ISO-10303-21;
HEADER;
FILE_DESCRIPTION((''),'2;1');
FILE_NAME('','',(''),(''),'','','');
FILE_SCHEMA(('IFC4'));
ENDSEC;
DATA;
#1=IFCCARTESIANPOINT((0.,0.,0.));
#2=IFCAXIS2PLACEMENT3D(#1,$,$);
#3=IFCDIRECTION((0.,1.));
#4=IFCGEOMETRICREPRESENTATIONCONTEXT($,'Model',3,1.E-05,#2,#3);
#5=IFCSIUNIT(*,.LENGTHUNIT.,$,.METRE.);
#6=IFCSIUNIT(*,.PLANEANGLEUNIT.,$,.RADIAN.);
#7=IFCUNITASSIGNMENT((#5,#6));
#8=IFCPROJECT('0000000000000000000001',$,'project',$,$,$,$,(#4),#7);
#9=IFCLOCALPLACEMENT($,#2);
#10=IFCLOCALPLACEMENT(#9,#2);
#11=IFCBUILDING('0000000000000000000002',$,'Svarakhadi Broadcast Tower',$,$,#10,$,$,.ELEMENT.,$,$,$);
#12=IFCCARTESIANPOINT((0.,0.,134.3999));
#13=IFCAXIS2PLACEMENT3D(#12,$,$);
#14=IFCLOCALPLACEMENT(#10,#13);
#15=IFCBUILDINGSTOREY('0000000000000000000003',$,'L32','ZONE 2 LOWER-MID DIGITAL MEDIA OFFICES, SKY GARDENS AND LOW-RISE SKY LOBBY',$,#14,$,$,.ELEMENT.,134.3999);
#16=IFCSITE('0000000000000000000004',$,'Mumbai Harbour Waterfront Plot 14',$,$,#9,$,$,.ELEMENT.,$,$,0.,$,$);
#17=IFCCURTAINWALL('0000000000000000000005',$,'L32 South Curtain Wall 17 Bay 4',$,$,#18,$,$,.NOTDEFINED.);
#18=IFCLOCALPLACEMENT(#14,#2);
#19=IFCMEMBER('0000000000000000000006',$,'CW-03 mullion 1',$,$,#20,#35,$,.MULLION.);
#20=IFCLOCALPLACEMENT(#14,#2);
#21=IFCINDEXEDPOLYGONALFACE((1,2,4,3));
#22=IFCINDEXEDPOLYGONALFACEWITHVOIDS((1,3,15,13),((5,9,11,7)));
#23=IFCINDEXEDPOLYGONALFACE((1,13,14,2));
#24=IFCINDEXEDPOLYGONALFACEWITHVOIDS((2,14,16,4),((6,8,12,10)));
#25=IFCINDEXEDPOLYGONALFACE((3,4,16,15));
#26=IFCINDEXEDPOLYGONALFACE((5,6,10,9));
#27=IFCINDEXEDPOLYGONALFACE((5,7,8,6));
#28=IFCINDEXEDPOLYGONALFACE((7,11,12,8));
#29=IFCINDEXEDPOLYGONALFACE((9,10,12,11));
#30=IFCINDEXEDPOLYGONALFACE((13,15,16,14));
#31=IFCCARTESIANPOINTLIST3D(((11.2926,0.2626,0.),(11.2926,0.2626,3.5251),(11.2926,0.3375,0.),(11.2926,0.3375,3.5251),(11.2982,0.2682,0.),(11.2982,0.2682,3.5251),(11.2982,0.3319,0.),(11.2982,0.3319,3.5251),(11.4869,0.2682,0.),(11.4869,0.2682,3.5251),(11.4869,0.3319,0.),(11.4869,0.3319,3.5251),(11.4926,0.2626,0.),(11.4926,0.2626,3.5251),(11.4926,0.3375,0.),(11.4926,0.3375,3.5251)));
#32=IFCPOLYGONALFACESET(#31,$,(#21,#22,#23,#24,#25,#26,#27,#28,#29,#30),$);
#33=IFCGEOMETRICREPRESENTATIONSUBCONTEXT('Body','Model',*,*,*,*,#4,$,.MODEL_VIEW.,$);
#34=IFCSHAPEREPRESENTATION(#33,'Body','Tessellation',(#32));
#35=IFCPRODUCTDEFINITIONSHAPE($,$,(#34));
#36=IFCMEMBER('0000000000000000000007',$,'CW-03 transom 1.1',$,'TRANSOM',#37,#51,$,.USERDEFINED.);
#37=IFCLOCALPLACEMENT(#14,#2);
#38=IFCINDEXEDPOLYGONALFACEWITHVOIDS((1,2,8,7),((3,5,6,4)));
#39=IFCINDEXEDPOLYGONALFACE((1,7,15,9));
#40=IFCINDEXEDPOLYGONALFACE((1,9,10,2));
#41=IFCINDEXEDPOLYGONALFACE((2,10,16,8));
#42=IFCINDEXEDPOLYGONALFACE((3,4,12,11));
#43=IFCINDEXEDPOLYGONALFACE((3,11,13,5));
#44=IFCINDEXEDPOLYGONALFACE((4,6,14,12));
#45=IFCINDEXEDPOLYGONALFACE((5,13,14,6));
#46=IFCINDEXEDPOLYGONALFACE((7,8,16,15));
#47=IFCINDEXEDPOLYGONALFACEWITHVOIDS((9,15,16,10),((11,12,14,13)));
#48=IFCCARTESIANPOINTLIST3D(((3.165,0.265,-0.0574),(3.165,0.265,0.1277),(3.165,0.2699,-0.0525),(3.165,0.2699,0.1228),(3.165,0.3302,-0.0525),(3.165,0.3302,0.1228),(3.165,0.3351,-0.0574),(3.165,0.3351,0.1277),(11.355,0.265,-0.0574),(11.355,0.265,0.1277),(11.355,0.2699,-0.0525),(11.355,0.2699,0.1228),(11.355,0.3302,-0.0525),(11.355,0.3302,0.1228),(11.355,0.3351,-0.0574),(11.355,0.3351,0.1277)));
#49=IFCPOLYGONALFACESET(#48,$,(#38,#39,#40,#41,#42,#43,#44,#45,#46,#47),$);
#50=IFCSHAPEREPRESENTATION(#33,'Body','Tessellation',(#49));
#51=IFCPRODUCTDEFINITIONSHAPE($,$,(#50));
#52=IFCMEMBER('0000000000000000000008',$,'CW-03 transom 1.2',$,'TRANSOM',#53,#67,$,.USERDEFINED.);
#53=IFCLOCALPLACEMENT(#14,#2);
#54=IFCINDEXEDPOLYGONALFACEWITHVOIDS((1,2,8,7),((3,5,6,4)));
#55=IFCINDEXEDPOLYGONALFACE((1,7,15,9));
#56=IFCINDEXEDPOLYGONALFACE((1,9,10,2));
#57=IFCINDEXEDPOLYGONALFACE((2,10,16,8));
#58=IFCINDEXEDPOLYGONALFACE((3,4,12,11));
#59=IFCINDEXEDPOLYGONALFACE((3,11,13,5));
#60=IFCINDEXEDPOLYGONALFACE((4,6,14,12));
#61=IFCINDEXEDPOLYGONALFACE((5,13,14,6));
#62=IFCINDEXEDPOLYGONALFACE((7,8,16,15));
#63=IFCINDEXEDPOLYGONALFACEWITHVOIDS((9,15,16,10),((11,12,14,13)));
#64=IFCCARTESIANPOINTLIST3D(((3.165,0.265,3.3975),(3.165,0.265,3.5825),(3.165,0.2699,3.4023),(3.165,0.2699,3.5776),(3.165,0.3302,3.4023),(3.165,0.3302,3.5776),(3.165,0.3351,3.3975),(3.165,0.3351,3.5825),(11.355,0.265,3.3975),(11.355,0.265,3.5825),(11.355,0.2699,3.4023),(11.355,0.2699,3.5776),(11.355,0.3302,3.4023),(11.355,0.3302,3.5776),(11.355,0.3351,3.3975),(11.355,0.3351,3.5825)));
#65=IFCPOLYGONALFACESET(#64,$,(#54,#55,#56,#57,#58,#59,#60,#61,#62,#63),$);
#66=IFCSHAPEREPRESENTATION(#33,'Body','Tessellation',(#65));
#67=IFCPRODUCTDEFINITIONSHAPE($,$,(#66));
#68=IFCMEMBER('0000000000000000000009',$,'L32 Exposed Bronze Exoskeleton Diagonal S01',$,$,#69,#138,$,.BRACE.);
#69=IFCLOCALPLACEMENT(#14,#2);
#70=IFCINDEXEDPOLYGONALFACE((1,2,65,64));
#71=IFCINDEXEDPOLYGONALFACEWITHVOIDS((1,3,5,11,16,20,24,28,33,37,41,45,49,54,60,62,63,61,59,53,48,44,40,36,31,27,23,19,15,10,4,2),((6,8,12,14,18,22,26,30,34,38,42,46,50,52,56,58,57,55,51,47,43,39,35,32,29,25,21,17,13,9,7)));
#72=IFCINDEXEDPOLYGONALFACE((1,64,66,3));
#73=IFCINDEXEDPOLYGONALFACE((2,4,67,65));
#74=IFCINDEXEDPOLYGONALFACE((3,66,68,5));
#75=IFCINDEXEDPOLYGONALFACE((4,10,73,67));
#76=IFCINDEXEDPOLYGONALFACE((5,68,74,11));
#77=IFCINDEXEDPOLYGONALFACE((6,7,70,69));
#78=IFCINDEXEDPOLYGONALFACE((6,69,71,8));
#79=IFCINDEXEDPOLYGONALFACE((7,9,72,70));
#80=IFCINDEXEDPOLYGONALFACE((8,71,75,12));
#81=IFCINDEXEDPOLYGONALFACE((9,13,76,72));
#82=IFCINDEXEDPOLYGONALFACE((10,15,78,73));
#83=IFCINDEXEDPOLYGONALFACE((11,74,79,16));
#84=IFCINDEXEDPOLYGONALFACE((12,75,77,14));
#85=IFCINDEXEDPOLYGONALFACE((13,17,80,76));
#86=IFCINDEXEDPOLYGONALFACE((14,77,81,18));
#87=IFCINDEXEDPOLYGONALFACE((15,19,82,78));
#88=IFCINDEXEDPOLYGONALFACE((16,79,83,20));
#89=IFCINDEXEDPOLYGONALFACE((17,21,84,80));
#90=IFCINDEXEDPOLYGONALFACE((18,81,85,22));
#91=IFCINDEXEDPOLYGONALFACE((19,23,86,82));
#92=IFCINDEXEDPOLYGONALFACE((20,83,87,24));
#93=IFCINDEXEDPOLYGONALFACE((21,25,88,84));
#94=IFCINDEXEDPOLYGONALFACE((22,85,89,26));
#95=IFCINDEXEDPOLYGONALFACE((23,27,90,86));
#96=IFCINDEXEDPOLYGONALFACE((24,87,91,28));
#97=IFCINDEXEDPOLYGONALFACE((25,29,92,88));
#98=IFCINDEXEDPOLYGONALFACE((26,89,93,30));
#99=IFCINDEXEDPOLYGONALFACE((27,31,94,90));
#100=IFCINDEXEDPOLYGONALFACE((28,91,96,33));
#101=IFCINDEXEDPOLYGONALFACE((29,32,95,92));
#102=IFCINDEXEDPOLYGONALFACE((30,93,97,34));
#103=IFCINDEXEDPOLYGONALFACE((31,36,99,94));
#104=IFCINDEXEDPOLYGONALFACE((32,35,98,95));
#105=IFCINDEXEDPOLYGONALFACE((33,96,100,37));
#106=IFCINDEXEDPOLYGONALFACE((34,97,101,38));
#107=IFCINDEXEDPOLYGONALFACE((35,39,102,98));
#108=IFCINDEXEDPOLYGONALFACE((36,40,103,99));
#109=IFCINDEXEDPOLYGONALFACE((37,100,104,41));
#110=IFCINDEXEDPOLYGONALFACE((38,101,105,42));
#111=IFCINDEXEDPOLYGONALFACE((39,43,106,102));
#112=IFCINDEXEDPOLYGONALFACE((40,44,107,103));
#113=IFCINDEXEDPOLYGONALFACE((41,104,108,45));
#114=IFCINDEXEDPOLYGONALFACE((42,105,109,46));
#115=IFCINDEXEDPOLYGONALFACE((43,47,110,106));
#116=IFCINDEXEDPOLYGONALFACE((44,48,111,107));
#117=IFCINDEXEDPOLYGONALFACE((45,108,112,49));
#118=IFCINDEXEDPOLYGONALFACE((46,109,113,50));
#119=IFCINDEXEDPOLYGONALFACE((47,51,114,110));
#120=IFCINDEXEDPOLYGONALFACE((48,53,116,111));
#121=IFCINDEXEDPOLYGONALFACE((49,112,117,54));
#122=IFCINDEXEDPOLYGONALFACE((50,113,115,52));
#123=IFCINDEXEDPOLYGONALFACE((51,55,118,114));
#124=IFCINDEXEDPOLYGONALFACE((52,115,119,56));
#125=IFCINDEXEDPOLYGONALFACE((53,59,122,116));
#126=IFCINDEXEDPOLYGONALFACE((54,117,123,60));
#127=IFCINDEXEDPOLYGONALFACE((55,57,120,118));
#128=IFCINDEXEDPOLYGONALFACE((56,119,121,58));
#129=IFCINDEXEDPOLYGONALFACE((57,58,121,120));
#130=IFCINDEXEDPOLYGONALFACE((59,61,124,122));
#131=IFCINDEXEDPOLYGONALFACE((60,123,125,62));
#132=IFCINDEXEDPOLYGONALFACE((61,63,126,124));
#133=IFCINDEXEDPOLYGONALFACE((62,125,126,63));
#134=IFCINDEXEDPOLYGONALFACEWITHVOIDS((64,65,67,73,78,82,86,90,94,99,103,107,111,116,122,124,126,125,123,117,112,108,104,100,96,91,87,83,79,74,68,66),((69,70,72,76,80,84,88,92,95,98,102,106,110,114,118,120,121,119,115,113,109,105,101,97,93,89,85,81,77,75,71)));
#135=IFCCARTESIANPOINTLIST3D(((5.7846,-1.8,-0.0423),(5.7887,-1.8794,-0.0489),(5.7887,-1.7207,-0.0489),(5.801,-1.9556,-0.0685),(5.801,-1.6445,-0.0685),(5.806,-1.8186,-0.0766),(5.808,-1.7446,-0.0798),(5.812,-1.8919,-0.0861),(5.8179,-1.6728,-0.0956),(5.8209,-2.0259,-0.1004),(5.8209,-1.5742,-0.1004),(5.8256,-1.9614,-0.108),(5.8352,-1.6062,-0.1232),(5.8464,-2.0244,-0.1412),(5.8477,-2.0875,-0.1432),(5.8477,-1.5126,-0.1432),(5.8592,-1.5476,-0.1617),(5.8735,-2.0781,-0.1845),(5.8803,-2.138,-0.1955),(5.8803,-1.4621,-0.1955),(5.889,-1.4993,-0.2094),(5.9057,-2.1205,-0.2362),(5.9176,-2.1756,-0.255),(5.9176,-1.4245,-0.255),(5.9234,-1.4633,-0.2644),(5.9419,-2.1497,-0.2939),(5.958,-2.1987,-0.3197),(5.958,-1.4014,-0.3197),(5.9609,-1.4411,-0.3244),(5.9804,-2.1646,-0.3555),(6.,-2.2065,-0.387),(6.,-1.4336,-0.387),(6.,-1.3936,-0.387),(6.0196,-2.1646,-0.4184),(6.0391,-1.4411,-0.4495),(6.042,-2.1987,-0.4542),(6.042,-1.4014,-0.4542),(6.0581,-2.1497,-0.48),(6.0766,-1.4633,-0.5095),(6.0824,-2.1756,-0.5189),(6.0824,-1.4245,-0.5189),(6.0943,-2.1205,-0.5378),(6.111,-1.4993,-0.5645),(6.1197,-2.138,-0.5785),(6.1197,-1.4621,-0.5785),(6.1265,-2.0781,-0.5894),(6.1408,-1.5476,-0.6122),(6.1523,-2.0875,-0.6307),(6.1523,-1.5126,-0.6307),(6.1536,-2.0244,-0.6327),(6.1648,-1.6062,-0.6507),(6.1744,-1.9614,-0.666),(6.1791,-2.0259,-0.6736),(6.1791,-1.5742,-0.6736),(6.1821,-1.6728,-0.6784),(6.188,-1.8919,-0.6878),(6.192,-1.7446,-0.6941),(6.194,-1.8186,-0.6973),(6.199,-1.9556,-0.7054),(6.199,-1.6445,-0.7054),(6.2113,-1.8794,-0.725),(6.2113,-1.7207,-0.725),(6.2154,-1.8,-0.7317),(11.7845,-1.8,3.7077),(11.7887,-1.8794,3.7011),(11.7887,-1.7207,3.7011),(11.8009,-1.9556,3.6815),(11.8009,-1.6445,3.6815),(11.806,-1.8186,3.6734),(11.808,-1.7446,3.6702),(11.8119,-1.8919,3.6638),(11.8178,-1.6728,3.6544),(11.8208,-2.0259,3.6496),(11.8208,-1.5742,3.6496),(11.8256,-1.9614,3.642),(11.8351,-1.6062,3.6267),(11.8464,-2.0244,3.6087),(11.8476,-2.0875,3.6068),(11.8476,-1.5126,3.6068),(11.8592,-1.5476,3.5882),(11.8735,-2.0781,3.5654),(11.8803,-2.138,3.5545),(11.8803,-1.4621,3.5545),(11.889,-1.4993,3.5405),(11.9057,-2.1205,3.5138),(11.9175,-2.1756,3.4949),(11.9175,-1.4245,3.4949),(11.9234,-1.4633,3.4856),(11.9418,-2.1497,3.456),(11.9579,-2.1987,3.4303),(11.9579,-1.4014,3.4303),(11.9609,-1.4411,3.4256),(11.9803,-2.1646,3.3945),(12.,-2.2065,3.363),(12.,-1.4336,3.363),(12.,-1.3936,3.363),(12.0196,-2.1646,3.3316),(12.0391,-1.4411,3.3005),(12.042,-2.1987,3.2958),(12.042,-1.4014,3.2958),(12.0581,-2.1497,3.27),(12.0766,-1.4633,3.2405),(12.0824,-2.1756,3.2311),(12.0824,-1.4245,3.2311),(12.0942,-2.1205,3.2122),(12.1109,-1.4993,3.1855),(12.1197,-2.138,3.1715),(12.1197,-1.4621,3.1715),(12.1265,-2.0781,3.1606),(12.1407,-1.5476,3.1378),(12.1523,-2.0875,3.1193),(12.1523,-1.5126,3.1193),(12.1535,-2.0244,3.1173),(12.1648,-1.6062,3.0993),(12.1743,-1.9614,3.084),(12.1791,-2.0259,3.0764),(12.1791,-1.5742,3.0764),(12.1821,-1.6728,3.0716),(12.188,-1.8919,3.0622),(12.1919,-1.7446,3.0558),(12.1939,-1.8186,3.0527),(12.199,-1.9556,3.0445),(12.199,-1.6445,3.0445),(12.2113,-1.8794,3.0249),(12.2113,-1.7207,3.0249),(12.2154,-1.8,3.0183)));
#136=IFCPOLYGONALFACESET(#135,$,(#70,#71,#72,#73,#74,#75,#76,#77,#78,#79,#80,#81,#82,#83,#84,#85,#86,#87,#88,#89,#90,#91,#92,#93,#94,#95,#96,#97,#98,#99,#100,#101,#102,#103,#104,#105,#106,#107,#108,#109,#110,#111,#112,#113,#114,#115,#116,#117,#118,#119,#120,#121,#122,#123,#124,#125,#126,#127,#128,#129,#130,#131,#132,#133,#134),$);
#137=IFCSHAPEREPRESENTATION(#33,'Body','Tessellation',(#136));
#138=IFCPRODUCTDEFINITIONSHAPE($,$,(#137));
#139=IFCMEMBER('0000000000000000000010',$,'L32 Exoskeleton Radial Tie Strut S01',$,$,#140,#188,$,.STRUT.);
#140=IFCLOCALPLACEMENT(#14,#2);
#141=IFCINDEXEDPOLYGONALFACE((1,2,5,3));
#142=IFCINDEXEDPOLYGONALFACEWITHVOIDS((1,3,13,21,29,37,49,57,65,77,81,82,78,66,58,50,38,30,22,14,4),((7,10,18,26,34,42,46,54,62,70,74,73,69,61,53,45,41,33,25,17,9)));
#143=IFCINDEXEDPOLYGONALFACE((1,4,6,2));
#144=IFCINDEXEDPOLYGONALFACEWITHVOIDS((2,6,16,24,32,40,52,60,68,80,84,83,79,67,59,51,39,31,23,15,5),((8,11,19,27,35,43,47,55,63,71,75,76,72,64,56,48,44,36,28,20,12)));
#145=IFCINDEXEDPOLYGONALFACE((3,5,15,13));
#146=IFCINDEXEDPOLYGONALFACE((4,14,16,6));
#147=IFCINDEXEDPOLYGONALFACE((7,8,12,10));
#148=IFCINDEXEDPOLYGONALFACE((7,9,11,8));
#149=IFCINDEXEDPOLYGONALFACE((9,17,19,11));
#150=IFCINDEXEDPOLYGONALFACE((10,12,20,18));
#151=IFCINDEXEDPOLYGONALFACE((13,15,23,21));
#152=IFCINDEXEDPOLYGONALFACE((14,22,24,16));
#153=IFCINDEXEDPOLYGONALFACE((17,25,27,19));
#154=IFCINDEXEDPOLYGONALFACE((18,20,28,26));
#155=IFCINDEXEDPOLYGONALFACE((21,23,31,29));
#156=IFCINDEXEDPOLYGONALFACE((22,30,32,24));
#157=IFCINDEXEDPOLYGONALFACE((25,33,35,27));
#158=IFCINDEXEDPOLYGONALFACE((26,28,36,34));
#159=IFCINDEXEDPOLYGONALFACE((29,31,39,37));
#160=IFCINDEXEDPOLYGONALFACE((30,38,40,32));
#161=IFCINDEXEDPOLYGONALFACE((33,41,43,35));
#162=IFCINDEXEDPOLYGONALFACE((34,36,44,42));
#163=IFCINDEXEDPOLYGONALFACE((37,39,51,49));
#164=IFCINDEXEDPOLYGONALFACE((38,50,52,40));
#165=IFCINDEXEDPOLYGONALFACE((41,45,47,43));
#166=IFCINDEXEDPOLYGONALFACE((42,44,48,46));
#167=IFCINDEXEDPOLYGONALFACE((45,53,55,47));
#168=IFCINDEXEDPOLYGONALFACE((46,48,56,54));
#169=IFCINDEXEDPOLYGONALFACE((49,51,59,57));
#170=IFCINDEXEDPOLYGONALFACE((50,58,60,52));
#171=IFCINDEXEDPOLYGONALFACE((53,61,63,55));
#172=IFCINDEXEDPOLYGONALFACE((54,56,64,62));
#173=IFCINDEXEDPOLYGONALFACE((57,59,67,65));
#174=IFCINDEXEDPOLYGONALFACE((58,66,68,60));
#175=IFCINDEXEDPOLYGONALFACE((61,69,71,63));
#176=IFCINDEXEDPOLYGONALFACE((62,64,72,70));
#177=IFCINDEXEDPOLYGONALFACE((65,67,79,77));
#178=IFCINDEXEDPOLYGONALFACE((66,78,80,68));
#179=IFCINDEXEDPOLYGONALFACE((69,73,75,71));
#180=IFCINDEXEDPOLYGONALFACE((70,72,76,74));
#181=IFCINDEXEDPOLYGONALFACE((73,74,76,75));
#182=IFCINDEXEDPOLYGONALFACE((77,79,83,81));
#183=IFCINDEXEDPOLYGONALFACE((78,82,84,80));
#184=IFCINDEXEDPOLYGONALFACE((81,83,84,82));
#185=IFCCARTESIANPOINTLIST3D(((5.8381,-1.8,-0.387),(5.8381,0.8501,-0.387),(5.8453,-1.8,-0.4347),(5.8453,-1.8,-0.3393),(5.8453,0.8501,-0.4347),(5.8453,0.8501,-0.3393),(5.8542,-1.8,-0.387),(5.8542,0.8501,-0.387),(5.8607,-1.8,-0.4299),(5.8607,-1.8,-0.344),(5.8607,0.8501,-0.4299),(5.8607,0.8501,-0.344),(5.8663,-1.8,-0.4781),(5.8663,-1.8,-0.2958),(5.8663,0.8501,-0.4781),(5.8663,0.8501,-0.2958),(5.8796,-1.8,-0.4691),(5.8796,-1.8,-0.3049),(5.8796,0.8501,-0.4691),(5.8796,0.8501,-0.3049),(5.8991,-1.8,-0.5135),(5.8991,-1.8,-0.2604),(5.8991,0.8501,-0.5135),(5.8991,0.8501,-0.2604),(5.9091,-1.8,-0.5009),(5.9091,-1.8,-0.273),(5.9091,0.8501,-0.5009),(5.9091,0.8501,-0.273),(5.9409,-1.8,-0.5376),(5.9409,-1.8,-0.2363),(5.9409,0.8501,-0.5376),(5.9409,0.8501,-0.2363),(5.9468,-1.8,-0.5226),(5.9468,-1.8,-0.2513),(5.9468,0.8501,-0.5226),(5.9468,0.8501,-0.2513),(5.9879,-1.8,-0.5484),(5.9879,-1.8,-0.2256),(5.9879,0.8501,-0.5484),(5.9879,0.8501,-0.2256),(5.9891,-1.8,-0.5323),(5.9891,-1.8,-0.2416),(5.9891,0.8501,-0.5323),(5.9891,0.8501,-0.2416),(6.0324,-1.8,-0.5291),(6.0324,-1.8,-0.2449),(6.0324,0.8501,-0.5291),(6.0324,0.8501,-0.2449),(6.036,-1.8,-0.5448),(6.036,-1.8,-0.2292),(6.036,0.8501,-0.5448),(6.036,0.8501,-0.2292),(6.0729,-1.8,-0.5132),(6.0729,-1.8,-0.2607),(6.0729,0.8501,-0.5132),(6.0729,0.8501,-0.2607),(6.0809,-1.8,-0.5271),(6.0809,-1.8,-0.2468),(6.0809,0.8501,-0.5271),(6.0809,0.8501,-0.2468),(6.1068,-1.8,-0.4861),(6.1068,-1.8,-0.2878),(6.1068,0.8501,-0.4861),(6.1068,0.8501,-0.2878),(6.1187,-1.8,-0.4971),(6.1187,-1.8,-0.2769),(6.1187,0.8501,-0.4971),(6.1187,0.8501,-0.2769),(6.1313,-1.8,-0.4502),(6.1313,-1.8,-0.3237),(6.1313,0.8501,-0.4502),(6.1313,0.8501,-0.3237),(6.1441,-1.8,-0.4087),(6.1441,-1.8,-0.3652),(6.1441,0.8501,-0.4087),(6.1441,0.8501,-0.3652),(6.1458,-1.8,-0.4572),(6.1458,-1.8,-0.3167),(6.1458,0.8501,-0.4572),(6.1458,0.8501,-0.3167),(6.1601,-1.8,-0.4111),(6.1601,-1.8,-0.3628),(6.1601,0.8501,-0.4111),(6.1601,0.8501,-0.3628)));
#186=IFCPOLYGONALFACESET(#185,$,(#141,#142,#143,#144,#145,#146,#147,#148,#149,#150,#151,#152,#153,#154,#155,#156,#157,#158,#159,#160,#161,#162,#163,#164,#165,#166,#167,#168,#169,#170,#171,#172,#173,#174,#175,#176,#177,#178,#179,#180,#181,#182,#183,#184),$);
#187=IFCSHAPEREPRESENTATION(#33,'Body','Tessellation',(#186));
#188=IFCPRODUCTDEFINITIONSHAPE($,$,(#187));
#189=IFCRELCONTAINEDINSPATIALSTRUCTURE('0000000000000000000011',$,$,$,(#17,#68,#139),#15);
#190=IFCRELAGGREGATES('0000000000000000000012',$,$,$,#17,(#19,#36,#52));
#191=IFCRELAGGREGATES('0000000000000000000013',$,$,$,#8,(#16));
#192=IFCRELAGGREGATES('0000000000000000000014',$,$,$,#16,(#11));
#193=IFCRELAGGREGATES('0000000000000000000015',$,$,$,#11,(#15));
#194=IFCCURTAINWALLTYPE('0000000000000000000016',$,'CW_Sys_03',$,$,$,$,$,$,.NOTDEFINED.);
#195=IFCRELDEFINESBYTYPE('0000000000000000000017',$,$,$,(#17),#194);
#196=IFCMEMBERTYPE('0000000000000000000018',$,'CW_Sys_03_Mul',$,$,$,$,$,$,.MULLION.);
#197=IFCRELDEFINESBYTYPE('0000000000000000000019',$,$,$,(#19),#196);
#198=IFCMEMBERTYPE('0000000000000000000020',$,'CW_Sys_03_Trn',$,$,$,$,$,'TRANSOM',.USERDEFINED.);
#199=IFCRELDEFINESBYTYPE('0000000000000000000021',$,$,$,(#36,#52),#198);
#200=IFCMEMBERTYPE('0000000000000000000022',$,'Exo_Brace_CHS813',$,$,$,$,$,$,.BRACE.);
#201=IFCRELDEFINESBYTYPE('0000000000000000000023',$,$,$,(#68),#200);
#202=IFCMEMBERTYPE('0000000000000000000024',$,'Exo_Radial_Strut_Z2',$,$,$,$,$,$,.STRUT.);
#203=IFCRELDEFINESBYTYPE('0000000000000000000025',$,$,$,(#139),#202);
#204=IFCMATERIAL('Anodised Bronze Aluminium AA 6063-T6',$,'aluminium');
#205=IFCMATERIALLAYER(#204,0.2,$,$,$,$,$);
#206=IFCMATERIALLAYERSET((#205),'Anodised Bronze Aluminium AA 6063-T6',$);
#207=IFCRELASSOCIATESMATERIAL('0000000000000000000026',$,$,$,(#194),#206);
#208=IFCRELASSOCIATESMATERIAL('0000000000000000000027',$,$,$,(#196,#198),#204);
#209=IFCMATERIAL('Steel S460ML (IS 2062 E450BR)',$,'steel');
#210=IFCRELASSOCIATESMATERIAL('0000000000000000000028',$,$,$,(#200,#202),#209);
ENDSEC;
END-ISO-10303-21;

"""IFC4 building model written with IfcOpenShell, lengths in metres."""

from ifc_helpers import new_model, si_unit, direction, frame, origin, origin_2d, place, context, subcontext, project, spatial, hollow_rectangle, hollow_circle, extrude, material, layer, layer_set, material_profile, profile_set, type_object, element, aggregate, save


model = new_model("IFC4")

# Units and contexts
model_context = context("Model", 3, precision=1e-05, world=origin(), true_north=direction((0.0, 1.0)))
body_context = subcontext(model_context, "Body", "Model", "MODEL_VIEW")
ifc_project = project(units=[si_unit("LENGTHUNIT", "METRE"), si_unit("PLANEANGLEUNIT", "RADIAN")], contexts=[model_context])

# Site, building, storey
site_placement = place(None, origin())
site = spatial("IfcSite", under=ifc_project, at=site_placement, Name="Mumbai Harbour Waterfront Plot 14", CompositionType="ELEMENT", RefElevation=0.0)
building_placement = place(site_placement, origin())
building = spatial("IfcBuilding", under=site, at=building_placement, Name="Svarakhadi Broadcast Tower", CompositionType="ELEMENT")
storey_placement = place(building_placement, frame((0.0, 0.0, 134.3999)))
storey = spatial("IfcBuildingStorey", under=building, at=storey_placement, Name="L32", Description="ZONE 2 LOWER-MID DIGITAL MEDIA OFFICES, SKY GARDENS AND LOW-RISE SKY LOBBY", CompositionType="ELEMENT", Elevation=134.3999)

# Shared definitions
ifc_material_1 = material(Name="Steel S460ML (IS 2062 E450BR)", Category="steel")

# Shared definitions
ifc_material_2 = material(Name="Anodised Bronze Aluminium AA 6063-T6", Category="aluminium")
ifc_layer_1 = layer(ifc_material_2, 0.2)
ifc_layer_set_1 = layer_set([ifc_layer_1], Name="Anodised Bronze Aluminium AA 6063-T6")
curtain_wall_type = type_object("IfcCurtainWallType", Name="CW_Sys_03", PredefinedType="NOTDEFINED", material=ifc_layer_set_1)
ifc_material_profile_1 = material_profile(ifc_material_2, hollow_rectangle(XDim=0.075, YDim=0.2, WallThickness=0.0056, at=origin_2d()), Name="ALU MULLION 200x75x6")
ifc_profile_set_1 = profile_set([ifc_material_profile_1], Name="Anodised Bronze Aluminium AA 6063-T6")
member_type_1 = type_object("IfcMemberType", Name="CW_Sys_03_Mul", PredefinedType="MULLION", material=ifc_profile_set_1)

# Curtain wall, members
curtain_wall_1_placement = place(storey_placement, origin())
curtain_wall_1 = element("IfcCurtainWall", 1, at=curtain_wall_1_placement, inside=storey, type_object=curtain_wall_type, Name="L32 South Curtain Wall 17 Bay 4", PredefinedType="NOTDEFINED")
member_1_placement = place(storey_placement, frame((11.3926, 0.3, 0.0), z_axis=(0.0, 0.0, 1.0), x_axis=(0.0, -1.0, 0.0)))
member_1 = element("IfcMember", 2, at=member_1_placement, type_object=member_type_1, Name="CW-03 mullion 1", PredefinedType="MULLION", context=body_context, shape_type="SweptSolid", body=[
    extrude(hollow_rectangle(XDim=0.075, YDim=0.2, WallThickness=0.0056, at=origin_2d()), origin(), (0.0, 0.0, 1.0), 3.5251),
])
ifc_material_profile_2 = material_profile(ifc_material_2, hollow_rectangle(XDim=0.0701, YDim=0.1851, WallThickness=0.0049, at=origin_2d()), Name="ALU TRANSOM 185x70x5")
ifc_profile_set_2 = profile_set([ifc_material_profile_2], Name="Anodised Bronze Aluminium AA 6063-T6")
member_type_2 = type_object("IfcMemberType", Name="CW_Sys_03_Trn", ElementType="TRANSOM", PredefinedType="USERDEFINED", material=ifc_profile_set_2)
member_2_placement = place(storey_placement, frame((11.355, 0.3, 0.0352), z_axis=(-1.0, 0.0, 0.0), x_axis=(0.0, -1.0, 0.0)))
member_2 = element("IfcMember", 3, at=member_2_placement, type_object=member_type_2, Name="CW-03 transom 1.1", ObjectType="TRANSOM", PredefinedType="USERDEFINED", context=body_context, shape_type="SweptSolid", body=[
    extrude(hollow_rectangle(XDim=0.0701, YDim=0.1851, WallThickness=0.0049, at=origin_2d()), origin(), (0.0, 0.0, 1.0), 8.1899),
])
member_3_placement = place(storey_placement, frame((11.355, 0.3, 3.49), z_axis=(-1.0, 0.0, 0.0), x_axis=(0.0, -1.0, 0.0)))
member_3 = element("IfcMember", 4, at=member_3_placement, type_object=member_type_2, Name="CW-03 transom 1.2", ObjectType="TRANSOM", PredefinedType="USERDEFINED", context=body_context, shape_type="SweptSolid", body=[
    extrude(hollow_rectangle(XDim=0.0701, YDim=0.1851, WallThickness=0.0049, at=origin_2d()), origin(), (0.0, 0.0, 1.0), 8.1899),
])

# Members
ifc_material_profile_3 = material_profile(ifc_material_1, hollow_circle(Radius=0.4065, WallThickness=0.04, at=origin_2d()), Name="CHS 813x40")
ifc_profile_set_3 = profile_set([ifc_material_profile_3], Name="Steel S460ML (IS 2062 E450BR)")
member_type_3 = type_object("IfcMemberType", Name="Exo_Brace_CHS813", PredefinedType="BRACE", material=ifc_profile_set_3)
member_4_placement = place(storey_placement, frame((6.0, -1.8, -0.387), z_axis=(0.847998, 0.0, 0.529999), x_axis=(0.0, 1.0, 0.0)))
element("IfcMember", 5, at=member_4_placement, inside=storey, type_object=member_type_3, Name="L32 Exposed Bronze Exoskeleton Diagonal S01", PredefinedType="BRACE", context=body_context, shape_type="SweptSolid", body=[
    extrude(hollow_circle(Radius=0.4065, WallThickness=0.04, at=origin_2d()), origin(), (0.0, 0.0, 1.0), 7.0754),
])
ifc_material_profile_4 = material_profile(ifc_material_1, hollow_circle(Radius=0.1619, WallThickness=0.0161, at=origin_2d()), Name="CHS 323.9x16")
ifc_profile_set_4 = profile_set([ifc_material_profile_4], Name="Steel S460ML (IS 2062 E450BR)")
member_type_4 = type_object("IfcMemberType", Name="Exo_Radial_Strut_Z2", PredefinedType="STRUT", material=ifc_profile_set_4)
member_5_placement = place(storey_placement, frame((6.0, -1.8, -0.387), z_axis=(0.0, 1.0, 0.0), x_axis=(-1.0, 0.0, 0.0)))
element("IfcMember", 6, at=member_5_placement, inside=storey, type_object=member_type_4, Name="L32 Exoskeleton Radial Tie Strut S01", PredefinedType="STRUT", context=body_context, shape_type="SweptSolid", body=[
    extrude(hollow_circle(Radius=0.1619, WallThickness=0.0161, at=origin_2d()), origin(), (0.0, 0.0, 1.0), 2.6501),
])

aggregate(curtain_wall_1, [member_1, member_2, member_3])

save(model, "model.ifc")
